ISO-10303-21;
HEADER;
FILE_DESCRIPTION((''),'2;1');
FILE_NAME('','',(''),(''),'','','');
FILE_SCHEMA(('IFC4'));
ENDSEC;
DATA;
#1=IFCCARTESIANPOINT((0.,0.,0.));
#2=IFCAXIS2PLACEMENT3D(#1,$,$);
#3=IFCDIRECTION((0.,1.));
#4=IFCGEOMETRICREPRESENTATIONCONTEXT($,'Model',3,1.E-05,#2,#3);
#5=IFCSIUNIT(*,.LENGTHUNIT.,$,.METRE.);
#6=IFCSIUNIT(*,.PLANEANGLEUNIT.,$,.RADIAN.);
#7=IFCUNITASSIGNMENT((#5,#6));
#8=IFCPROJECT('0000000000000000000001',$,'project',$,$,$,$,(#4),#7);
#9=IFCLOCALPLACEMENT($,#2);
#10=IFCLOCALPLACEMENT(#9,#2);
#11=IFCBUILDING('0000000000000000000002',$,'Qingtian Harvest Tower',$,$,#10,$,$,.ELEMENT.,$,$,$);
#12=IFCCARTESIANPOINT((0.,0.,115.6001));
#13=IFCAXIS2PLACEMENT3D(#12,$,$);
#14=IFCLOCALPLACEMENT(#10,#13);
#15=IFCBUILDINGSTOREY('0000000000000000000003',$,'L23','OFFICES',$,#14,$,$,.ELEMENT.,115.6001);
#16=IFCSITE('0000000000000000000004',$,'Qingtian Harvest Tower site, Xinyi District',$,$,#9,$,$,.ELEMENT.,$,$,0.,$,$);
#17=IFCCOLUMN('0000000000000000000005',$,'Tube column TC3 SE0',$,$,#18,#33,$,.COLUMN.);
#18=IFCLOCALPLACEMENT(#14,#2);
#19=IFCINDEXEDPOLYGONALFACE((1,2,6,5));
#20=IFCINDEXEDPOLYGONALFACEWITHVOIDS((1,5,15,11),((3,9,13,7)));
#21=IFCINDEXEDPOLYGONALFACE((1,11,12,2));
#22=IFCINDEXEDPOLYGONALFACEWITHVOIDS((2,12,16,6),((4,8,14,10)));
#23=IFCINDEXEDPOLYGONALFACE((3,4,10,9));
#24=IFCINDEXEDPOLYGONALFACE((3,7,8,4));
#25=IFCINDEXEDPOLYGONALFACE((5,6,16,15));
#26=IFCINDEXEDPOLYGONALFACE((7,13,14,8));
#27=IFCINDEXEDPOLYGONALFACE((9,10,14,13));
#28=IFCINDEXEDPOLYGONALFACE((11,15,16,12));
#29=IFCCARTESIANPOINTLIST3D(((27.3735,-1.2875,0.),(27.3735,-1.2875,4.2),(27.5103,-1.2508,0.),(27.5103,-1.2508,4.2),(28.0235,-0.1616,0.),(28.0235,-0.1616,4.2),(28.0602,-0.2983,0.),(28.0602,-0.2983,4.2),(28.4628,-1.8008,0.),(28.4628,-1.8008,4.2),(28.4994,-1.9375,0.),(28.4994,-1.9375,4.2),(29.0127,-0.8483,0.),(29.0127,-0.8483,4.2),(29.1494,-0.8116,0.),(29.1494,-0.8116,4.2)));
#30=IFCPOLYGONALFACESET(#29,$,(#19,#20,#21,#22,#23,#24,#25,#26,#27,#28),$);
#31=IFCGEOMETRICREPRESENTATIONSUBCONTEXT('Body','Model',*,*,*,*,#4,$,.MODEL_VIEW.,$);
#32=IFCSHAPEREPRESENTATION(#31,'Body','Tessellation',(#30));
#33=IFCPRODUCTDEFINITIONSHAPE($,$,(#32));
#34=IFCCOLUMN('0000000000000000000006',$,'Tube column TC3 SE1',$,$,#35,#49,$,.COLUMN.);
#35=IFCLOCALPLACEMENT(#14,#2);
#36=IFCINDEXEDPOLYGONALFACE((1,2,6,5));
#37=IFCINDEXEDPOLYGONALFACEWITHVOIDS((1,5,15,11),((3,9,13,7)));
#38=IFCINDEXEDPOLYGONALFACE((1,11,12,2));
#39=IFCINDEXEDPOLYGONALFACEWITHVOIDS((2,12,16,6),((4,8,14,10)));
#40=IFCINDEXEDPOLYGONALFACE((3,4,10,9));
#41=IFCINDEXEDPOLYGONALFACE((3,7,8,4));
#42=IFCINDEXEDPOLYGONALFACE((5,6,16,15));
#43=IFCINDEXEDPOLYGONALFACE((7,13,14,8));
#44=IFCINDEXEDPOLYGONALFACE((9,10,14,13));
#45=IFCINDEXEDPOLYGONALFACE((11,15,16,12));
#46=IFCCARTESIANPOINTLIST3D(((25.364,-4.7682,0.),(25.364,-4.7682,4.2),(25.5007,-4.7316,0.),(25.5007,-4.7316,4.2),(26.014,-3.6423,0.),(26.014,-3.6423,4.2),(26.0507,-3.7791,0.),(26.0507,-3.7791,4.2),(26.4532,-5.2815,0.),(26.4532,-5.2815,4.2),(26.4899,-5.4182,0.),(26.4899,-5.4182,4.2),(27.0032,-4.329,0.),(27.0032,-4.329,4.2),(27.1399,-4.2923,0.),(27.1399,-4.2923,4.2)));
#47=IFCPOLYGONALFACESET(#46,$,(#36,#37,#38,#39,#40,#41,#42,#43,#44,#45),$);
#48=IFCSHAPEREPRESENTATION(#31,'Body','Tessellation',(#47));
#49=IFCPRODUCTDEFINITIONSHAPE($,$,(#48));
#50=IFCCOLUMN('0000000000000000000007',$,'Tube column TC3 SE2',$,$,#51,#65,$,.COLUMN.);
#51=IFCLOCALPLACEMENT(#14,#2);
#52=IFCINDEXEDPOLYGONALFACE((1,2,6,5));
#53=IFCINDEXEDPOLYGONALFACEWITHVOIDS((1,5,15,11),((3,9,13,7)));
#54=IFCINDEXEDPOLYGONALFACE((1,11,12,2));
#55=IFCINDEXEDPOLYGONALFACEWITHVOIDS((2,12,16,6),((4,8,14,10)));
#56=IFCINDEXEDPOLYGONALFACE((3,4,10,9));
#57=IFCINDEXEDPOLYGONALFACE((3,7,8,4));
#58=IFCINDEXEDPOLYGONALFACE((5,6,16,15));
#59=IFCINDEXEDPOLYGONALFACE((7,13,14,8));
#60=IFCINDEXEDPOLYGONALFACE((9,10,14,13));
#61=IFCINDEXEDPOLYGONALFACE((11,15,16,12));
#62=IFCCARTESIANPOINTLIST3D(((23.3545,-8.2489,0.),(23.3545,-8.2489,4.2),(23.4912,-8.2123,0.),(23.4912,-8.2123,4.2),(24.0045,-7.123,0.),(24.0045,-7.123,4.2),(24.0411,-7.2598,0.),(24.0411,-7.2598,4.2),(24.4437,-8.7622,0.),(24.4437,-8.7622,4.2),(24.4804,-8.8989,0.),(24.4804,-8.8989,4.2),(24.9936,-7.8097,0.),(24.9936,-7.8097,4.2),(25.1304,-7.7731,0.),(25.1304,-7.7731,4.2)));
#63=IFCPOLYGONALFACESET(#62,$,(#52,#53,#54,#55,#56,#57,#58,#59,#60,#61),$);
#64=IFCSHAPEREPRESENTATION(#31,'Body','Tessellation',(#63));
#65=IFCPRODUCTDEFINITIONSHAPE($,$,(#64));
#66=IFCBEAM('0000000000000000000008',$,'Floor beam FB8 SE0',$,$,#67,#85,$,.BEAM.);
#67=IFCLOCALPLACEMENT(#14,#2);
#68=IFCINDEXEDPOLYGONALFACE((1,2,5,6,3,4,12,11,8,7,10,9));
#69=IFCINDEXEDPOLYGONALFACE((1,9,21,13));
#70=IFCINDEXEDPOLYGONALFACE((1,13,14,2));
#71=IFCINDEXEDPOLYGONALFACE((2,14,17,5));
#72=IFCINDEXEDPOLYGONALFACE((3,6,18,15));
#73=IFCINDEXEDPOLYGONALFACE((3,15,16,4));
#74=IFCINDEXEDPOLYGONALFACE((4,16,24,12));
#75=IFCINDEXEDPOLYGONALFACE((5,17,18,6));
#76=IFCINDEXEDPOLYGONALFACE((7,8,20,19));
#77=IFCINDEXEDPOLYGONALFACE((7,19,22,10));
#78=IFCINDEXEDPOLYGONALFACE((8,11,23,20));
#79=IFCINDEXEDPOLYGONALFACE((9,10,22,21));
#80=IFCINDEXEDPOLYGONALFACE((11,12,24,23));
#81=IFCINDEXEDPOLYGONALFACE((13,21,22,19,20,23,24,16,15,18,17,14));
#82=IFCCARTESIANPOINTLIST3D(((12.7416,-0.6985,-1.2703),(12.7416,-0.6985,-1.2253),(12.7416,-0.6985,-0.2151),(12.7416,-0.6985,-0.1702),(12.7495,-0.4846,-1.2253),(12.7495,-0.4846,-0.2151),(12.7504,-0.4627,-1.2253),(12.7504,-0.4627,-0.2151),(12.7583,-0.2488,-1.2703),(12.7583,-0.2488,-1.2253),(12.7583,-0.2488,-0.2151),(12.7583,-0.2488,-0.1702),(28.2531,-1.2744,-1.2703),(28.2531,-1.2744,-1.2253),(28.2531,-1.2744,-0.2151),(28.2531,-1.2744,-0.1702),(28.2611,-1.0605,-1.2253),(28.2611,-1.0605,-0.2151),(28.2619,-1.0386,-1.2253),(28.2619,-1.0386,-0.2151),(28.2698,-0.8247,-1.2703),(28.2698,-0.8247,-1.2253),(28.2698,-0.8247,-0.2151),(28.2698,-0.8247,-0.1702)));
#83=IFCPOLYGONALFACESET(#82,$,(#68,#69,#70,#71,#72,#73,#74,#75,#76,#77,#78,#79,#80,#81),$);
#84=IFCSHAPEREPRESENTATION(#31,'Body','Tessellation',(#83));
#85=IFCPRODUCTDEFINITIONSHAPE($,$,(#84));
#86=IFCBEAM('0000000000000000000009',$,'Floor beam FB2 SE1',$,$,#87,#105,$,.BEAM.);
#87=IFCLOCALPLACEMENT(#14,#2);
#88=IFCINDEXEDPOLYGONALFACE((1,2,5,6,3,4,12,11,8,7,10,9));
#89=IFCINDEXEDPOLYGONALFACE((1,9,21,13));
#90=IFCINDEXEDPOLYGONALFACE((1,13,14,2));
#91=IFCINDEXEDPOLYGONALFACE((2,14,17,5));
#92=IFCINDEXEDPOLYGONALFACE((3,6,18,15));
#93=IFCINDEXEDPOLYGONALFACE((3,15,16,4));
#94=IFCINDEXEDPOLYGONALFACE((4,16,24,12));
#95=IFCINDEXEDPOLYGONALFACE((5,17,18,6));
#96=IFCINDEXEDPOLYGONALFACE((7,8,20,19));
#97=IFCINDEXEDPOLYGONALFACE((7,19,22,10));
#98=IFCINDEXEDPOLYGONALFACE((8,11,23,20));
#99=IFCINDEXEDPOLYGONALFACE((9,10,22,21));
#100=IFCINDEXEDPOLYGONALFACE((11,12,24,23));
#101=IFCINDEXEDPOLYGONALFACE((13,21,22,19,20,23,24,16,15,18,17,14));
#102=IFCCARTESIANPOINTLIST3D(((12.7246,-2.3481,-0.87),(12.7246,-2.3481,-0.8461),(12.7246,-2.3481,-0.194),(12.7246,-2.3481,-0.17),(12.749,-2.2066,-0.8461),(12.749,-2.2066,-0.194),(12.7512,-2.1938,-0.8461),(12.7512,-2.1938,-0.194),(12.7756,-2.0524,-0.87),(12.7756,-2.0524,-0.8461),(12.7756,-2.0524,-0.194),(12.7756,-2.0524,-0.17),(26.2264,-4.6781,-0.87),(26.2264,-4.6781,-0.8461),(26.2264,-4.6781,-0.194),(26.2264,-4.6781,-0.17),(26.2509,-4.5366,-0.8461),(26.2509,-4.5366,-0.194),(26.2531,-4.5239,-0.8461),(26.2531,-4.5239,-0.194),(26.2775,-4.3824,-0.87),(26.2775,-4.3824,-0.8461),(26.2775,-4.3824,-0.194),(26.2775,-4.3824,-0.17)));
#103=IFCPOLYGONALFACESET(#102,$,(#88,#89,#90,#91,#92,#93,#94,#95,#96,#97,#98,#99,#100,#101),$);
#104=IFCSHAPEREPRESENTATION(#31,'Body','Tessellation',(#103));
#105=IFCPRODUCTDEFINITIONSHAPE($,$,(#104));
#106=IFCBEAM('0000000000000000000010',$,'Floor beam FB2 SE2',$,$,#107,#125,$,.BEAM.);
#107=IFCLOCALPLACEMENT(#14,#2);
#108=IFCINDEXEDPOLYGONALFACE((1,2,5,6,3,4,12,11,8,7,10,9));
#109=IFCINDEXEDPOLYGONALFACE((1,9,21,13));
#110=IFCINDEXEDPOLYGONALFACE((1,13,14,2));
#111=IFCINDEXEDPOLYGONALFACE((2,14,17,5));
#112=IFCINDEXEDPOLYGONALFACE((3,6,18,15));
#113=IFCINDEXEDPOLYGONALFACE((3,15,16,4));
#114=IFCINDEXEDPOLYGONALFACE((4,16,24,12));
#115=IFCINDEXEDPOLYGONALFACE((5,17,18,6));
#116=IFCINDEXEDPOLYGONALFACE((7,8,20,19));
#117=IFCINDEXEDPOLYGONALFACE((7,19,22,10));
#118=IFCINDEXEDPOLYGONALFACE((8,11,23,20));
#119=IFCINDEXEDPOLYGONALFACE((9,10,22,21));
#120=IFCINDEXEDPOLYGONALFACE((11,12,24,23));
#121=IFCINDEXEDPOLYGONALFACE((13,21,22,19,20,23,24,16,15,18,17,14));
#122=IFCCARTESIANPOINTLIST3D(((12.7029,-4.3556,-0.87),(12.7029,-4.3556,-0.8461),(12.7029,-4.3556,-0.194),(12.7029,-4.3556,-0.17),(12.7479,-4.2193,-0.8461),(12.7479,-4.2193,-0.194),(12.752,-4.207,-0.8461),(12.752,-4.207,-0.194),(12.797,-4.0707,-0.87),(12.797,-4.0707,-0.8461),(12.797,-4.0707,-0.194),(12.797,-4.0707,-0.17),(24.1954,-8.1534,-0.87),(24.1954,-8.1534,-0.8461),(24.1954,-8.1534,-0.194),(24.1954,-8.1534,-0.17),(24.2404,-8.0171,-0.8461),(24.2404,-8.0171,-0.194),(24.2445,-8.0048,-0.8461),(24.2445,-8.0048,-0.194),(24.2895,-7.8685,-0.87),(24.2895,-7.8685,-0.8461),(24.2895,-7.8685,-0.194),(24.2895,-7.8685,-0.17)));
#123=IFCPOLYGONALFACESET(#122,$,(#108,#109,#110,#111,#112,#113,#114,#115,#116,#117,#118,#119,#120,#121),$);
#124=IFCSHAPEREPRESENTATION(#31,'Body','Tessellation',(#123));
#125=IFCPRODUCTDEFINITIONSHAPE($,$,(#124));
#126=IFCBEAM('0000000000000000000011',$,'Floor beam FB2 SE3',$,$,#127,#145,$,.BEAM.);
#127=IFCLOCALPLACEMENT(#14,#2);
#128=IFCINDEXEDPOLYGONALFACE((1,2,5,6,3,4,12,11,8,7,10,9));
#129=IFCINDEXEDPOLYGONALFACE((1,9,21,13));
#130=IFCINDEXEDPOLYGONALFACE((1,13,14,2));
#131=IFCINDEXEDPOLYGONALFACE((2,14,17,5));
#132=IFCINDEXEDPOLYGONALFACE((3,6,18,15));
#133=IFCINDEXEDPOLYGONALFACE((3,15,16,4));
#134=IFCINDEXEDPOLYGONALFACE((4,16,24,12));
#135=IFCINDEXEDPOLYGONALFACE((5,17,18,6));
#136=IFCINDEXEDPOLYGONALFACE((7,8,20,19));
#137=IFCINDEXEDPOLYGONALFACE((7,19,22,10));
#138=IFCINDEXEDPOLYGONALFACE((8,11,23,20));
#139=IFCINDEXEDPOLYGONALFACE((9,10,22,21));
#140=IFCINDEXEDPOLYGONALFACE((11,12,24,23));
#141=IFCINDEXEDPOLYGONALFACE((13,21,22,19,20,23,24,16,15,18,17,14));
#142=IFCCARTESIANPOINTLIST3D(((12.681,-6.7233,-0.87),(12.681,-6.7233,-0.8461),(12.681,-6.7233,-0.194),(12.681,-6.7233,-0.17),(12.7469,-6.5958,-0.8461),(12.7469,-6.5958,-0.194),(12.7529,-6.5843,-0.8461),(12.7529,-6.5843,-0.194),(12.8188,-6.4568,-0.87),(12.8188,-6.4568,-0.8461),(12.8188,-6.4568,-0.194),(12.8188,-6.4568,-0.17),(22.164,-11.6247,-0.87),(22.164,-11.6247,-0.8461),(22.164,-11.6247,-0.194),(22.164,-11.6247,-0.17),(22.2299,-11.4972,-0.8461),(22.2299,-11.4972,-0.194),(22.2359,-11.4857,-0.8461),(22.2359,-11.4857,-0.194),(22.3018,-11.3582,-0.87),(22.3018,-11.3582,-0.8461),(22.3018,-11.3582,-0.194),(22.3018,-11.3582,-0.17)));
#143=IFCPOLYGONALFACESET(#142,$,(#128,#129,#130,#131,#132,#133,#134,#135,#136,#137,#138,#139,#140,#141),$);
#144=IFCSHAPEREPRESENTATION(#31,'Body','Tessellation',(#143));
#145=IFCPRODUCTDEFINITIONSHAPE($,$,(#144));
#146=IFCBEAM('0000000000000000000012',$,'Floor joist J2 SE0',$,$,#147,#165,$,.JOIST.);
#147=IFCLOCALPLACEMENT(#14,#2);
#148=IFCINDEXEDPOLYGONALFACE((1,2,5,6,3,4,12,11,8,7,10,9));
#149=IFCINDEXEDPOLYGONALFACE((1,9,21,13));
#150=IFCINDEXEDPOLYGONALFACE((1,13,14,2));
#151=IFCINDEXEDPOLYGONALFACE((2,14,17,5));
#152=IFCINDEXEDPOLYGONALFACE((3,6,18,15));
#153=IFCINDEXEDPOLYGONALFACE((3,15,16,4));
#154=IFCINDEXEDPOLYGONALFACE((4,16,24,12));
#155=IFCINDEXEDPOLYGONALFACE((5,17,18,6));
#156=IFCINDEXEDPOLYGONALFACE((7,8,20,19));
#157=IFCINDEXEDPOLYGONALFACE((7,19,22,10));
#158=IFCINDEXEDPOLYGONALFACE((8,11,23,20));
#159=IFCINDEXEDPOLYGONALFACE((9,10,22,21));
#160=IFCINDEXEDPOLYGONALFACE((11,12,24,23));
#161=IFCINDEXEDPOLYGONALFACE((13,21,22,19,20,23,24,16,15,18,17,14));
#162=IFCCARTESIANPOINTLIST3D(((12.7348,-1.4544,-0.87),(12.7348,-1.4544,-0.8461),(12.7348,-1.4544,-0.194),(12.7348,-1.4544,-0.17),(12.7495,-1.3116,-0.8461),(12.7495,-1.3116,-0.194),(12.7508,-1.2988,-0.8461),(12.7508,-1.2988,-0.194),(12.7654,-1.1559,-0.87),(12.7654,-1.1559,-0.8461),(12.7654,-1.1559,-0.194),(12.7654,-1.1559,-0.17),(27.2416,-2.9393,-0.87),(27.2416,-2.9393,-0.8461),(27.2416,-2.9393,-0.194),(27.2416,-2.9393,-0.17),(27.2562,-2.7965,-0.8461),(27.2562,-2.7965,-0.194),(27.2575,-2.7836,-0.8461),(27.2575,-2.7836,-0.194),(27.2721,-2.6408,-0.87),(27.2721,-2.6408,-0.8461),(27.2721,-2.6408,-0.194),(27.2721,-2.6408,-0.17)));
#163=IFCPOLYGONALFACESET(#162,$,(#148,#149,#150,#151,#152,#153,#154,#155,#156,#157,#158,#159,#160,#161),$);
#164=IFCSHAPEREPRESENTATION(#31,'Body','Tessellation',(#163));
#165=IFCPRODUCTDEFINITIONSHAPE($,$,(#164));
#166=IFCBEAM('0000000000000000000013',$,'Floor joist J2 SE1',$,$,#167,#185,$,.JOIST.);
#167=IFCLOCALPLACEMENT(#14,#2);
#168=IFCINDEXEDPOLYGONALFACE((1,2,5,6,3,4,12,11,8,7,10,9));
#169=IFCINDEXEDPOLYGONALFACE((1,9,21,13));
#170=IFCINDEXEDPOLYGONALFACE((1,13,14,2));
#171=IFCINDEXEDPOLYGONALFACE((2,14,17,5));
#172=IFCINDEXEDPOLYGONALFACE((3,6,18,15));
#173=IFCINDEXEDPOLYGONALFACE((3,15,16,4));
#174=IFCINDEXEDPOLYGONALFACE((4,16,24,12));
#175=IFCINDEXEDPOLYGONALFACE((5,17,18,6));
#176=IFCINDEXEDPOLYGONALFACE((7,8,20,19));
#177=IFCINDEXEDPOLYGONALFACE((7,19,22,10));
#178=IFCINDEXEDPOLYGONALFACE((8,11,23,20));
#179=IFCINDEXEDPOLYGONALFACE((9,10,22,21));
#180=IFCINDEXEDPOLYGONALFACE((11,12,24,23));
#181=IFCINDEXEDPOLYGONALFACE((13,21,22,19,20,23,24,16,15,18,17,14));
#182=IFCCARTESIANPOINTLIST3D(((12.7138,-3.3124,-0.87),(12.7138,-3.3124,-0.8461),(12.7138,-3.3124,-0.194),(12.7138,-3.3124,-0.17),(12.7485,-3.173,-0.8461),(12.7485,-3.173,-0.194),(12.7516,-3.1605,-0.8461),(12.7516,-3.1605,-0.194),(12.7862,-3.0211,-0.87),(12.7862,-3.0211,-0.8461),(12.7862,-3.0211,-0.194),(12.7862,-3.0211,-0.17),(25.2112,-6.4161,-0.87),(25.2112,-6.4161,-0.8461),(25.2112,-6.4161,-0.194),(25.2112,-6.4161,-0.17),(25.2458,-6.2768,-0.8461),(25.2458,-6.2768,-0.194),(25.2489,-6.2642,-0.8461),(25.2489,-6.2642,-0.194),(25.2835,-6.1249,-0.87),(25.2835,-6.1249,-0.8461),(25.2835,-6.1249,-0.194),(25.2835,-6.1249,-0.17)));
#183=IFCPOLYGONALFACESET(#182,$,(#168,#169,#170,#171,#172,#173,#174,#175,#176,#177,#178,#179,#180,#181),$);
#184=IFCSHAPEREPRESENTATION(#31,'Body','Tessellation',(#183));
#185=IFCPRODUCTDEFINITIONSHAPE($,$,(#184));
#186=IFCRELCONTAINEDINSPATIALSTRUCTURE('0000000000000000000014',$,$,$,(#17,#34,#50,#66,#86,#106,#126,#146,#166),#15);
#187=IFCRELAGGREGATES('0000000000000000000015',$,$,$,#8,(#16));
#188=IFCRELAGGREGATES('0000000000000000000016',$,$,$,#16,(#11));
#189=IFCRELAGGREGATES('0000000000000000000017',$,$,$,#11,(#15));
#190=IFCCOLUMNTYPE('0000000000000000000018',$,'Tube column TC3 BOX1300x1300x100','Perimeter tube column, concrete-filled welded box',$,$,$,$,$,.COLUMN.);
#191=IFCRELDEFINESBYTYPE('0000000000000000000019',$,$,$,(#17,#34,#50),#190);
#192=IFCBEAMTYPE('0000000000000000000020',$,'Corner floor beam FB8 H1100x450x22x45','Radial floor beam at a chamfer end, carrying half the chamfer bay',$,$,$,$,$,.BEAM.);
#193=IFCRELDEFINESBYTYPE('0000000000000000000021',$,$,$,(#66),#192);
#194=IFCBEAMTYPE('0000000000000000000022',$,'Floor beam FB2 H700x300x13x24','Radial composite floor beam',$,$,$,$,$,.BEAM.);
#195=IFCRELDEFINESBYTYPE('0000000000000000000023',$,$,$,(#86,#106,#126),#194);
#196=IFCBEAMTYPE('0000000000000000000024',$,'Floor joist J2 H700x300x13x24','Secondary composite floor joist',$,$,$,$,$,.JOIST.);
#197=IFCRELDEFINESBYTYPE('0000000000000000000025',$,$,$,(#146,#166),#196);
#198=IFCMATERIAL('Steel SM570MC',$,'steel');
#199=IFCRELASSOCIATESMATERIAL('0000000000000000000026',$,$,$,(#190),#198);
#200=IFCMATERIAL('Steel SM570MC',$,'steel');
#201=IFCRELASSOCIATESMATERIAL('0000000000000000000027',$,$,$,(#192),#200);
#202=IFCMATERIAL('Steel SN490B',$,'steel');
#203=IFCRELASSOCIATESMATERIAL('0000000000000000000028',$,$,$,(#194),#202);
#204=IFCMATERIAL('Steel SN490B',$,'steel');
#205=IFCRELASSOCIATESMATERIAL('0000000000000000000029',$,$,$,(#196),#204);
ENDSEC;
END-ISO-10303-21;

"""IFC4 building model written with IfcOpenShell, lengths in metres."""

from ifc_helpers import new_model, si_unit, direction, frame, origin, origin_2d, place, context, subcontext, project, spatial, hollow_rectangle, i_section, extrude, material, material_profile, profile_set, type_object, element, save


model = new_model("IFC4")

# Units and contexts
model_context = context("Model", 3, precision=1e-05, world=origin(), true_north=direction((0.0, 1.0)))
body_context = subcontext(model_context, "Body", "Model", "MODEL_VIEW")
ifc_project = project(units=[si_unit("LENGTHUNIT", "METRE"), si_unit("PLANEANGLEUNIT", "RADIAN")], contexts=[model_context])

# Site, building, storey
site_placement = place(None, origin())
site = spatial("IfcSite", under=ifc_project, at=site_placement, Name="Qingtian Harvest Tower site, Xinyi District", CompositionType="ELEMENT", RefElevation=0.0)
building_placement = place(site_placement, origin())
building = spatial("IfcBuilding", under=site, at=building_placement, Name="Qingtian Harvest Tower", CompositionType="ELEMENT")
storey_placement = place(building_placement, frame((0.0, 0.0, 115.6001)))
storey = spatial("IfcBuildingStorey", under=building, at=storey_placement, Name="L23", Description="OFFICES", CompositionType="ELEMENT", Elevation=115.6001)

# Columns
ifc_material_1 = material(Name="Steel SM570MC", Category="steel")
ifc_material_profile_1 = material_profile(ifc_material_1, hollow_rectangle(XDim=1.3, YDim=1.3, WallThickness=0.1001, at=origin_2d()), Name="BOX1300x1300x100")
ifc_profile_set_1 = profile_set([ifc_material_profile_1], Name="Steel SM570MC")
column_type = type_object("IfcColumnType", Name="Tube column TC3 BOX1300x1300x100", Description="Perimeter tube column, concrete-filled welded box", PredefinedType="COLUMN", material=ifc_profile_set_1)
for number, where, z_axis, x_axis, name in (
    (1, (28.2615, -1.0496, 0.0), (0.0, 0.0, 1.0), (0.5, 0.866025, 0.0), "Tube column TC3 SE0"),
    (2, (26.252, -4.5303, 0.0), (0.0, 0.0, 1.0), (0.5, 0.866025, 0.0), "Tube column TC3 SE1"),
    (3, (24.2424, -8.011, 0.0), (0.0, 0.0, 1.0), (0.5, 0.866025, 0.0), "Tube column TC3 SE2"),
):
    element("IfcColumn", number, at=place(storey_placement, frame(where, z_axis=z_axis, x_axis=x_axis)), inside=storey, type_object=column_type, Name=name, PredefinedType="COLUMN", context=body_context, shape_type="SweptSolid", body=[
        extrude(hollow_rectangle(XDim=1.3, YDim=1.3, WallThickness=0.1001, at=origin_2d()), origin(), (0.0, 0.0, 1.0), 4.2),
    ])

# Beams
ifc_material_2 = material(Name="Steel SM570MC", Category="steel")
ifc_material_profile_2 = material_profile(ifc_material_2, i_section(OverallWidth=0.45, OverallDepth=1.1001, WebThickness=0.022, FlangeThickness=0.0449, at=origin_2d()), Name="H1100x450x22x45")
ifc_profile_set_2 = profile_set([ifc_material_profile_2], Name="Steel SM570MC")
beam_type_1 = type_object("IfcBeamType", Name="Corner floor beam FB8 H1100x450x22x45", Description="Radial floor beam at a chamfer end, carrying half the chamfer bay", PredefinedType="BEAM", material=ifc_profile_set_2)
beam_1_placement = place(storey_placement, frame((28.2615, -1.0496, -0.7202), z_axis=(-0.999311, 0.037104, 0.0), x_axis=(-0.037104, -0.999311, 0.0)))
element("IfcBeam", 4, at=beam_1_placement, inside=storey, type_object=beam_type_1, Name="Floor beam FB8 SE0", PredefinedType="BEAM", context=body_context, shape_type="SweptSolid", body=[
    extrude(i_section(OverallWidth=0.45, OverallDepth=1.1001, WebThickness=0.022, FlangeThickness=0.0449, at=origin_2d()), origin(), (0.0, 0.0, 1.0), 15.5222),
])
ifc_material_3 = material(Name="Steel SN490B", Category="steel")
ifc_material_profile_3 = material_profile(ifc_material_3, i_section(OverallWidth=0.3, OverallDepth=0.7, WebThickness=0.0129, FlangeThickness=0.0239, at=origin_2d()), Name="H700x300x13x24")
ifc_profile_set_3 = profile_set([ifc_material_profile_3], Name="Steel SN490B")
beam_type_2 = type_object("IfcBeamType", Name="Floor beam FB2 H700x300x13x24", Description="Radial composite floor beam", PredefinedType="BEAM", material=ifc_profile_set_3)
beam_2_placement = place(storey_placement, frame((26.252, -4.5303, -0.52), z_axis=(-0.985434, 0.17006, 0.0), x_axis=(-0.17006, -0.985434, 0.0)))
element("IfcBeam", 5, at=beam_2_placement, inside=storey, type_object=beam_type_2, Name="Floor beam FB2 SE1", PredefinedType="BEAM", context=body_context, shape_type="SweptSolid", body=[
    extrude(i_section(OverallWidth=0.3, OverallDepth=0.7, WebThickness=0.0129, FlangeThickness=0.0239, at=origin_2d()), origin(), (0.0, 0.0, 1.0), 13.7014),
])
beam_3_placement = place(storey_placement, frame((24.2424, -8.011, -0.52), z_axis=(-0.949497, 0.313776, 0.0), x_axis=(-0.313776, -0.949497, 0.0)))
element("IfcBeam", 6, at=beam_3_placement, inside=storey, type_object=beam_type_2, Name="Floor beam FB2 SE2", PredefinedType="BEAM", context=body_context, shape_type="SweptSolid", body=[
    extrude(i_section(OverallWidth=0.3, OverallDepth=0.7, WebThickness=0.0129, FlangeThickness=0.0239, at=origin_2d()), origin(), (0.0, 0.0, 1.0), 12.1038),
])
beam_4_placement = place(storey_placement, frame((22.2329, -11.4915, -0.52), z_axis=(-0.888355, 0.459158, 0.0), x_axis=(-0.459158, -0.888355, 0.0)))
element("IfcBeam", 7, at=beam_4_placement, inside=storey, type_object=beam_type_2, Name="Floor beam FB2 SE3", PredefinedType="BEAM", context=body_context, shape_type="SweptSolid", body=[
    extrude(i_section(OverallWidth=0.3, OverallDepth=0.7, WebThickness=0.0129, FlangeThickness=0.0239, at=origin_2d()), origin(), (0.0, 0.0, 1.0), 10.6748),
])
ifc_material_4 = material(Name="Steel SN490B", Category="steel")
ifc_material_profile_4 = material_profile(ifc_material_4, i_section(OverallWidth=0.3, OverallDepth=0.7, WebThickness=0.0129, FlangeThickness=0.0239, at=origin_2d()), Name="H700x300x13x24")
ifc_profile_set_4 = profile_set([ifc_material_profile_4], Name="Steel SN490B")
beam_type_3 = type_object("IfcBeamType", Name="Floor joist J2 H700x300x13x24", Description="Secondary composite floor joist", PredefinedType="JOIST", material=ifc_profile_set_4)
beam_5_placement = place(storey_placement, frame((27.2568, -2.79, -0.52), z_axis=(-0.994802, 0.101824, 0.0), x_axis=(-0.101824, -0.994802, 0.0)))
element("IfcBeam", 8, at=beam_5_placement, inside=storey, type_object=beam_type_3, Name="Floor joist J2 SE0", PredefinedType="JOIST", context=body_context, shape_type="SweptSolid", body=[
    extrude(i_section(OverallWidth=0.3, OverallDepth=0.7, WebThickness=0.0129, FlangeThickness=0.0239, at=origin_2d()), origin(), (0.0, 0.0, 1.0), 14.5825),
])
beam_6_placement = place(storey_placement, frame((25.2473, -6.2705, -0.52), z_axis=(-0.970517, 0.241032, 0.0), x_axis=(-0.241032, -0.970517, 0.0)))
element("IfcBeam", 9, at=beam_6_placement, inside=storey, type_object=beam_type_3, Name="Floor joist J2 SE1", PredefinedType="JOIST", context=body_context, shape_type="SweptSolid", body=[
    extrude(i_section(OverallWidth=0.3, OverallDepth=0.7, WebThickness=0.0129, FlangeThickness=0.0239, at=origin_2d()), origin(), (0.0, 0.0, 1.0), 12.877),
])

save(model, "model.ifc")
